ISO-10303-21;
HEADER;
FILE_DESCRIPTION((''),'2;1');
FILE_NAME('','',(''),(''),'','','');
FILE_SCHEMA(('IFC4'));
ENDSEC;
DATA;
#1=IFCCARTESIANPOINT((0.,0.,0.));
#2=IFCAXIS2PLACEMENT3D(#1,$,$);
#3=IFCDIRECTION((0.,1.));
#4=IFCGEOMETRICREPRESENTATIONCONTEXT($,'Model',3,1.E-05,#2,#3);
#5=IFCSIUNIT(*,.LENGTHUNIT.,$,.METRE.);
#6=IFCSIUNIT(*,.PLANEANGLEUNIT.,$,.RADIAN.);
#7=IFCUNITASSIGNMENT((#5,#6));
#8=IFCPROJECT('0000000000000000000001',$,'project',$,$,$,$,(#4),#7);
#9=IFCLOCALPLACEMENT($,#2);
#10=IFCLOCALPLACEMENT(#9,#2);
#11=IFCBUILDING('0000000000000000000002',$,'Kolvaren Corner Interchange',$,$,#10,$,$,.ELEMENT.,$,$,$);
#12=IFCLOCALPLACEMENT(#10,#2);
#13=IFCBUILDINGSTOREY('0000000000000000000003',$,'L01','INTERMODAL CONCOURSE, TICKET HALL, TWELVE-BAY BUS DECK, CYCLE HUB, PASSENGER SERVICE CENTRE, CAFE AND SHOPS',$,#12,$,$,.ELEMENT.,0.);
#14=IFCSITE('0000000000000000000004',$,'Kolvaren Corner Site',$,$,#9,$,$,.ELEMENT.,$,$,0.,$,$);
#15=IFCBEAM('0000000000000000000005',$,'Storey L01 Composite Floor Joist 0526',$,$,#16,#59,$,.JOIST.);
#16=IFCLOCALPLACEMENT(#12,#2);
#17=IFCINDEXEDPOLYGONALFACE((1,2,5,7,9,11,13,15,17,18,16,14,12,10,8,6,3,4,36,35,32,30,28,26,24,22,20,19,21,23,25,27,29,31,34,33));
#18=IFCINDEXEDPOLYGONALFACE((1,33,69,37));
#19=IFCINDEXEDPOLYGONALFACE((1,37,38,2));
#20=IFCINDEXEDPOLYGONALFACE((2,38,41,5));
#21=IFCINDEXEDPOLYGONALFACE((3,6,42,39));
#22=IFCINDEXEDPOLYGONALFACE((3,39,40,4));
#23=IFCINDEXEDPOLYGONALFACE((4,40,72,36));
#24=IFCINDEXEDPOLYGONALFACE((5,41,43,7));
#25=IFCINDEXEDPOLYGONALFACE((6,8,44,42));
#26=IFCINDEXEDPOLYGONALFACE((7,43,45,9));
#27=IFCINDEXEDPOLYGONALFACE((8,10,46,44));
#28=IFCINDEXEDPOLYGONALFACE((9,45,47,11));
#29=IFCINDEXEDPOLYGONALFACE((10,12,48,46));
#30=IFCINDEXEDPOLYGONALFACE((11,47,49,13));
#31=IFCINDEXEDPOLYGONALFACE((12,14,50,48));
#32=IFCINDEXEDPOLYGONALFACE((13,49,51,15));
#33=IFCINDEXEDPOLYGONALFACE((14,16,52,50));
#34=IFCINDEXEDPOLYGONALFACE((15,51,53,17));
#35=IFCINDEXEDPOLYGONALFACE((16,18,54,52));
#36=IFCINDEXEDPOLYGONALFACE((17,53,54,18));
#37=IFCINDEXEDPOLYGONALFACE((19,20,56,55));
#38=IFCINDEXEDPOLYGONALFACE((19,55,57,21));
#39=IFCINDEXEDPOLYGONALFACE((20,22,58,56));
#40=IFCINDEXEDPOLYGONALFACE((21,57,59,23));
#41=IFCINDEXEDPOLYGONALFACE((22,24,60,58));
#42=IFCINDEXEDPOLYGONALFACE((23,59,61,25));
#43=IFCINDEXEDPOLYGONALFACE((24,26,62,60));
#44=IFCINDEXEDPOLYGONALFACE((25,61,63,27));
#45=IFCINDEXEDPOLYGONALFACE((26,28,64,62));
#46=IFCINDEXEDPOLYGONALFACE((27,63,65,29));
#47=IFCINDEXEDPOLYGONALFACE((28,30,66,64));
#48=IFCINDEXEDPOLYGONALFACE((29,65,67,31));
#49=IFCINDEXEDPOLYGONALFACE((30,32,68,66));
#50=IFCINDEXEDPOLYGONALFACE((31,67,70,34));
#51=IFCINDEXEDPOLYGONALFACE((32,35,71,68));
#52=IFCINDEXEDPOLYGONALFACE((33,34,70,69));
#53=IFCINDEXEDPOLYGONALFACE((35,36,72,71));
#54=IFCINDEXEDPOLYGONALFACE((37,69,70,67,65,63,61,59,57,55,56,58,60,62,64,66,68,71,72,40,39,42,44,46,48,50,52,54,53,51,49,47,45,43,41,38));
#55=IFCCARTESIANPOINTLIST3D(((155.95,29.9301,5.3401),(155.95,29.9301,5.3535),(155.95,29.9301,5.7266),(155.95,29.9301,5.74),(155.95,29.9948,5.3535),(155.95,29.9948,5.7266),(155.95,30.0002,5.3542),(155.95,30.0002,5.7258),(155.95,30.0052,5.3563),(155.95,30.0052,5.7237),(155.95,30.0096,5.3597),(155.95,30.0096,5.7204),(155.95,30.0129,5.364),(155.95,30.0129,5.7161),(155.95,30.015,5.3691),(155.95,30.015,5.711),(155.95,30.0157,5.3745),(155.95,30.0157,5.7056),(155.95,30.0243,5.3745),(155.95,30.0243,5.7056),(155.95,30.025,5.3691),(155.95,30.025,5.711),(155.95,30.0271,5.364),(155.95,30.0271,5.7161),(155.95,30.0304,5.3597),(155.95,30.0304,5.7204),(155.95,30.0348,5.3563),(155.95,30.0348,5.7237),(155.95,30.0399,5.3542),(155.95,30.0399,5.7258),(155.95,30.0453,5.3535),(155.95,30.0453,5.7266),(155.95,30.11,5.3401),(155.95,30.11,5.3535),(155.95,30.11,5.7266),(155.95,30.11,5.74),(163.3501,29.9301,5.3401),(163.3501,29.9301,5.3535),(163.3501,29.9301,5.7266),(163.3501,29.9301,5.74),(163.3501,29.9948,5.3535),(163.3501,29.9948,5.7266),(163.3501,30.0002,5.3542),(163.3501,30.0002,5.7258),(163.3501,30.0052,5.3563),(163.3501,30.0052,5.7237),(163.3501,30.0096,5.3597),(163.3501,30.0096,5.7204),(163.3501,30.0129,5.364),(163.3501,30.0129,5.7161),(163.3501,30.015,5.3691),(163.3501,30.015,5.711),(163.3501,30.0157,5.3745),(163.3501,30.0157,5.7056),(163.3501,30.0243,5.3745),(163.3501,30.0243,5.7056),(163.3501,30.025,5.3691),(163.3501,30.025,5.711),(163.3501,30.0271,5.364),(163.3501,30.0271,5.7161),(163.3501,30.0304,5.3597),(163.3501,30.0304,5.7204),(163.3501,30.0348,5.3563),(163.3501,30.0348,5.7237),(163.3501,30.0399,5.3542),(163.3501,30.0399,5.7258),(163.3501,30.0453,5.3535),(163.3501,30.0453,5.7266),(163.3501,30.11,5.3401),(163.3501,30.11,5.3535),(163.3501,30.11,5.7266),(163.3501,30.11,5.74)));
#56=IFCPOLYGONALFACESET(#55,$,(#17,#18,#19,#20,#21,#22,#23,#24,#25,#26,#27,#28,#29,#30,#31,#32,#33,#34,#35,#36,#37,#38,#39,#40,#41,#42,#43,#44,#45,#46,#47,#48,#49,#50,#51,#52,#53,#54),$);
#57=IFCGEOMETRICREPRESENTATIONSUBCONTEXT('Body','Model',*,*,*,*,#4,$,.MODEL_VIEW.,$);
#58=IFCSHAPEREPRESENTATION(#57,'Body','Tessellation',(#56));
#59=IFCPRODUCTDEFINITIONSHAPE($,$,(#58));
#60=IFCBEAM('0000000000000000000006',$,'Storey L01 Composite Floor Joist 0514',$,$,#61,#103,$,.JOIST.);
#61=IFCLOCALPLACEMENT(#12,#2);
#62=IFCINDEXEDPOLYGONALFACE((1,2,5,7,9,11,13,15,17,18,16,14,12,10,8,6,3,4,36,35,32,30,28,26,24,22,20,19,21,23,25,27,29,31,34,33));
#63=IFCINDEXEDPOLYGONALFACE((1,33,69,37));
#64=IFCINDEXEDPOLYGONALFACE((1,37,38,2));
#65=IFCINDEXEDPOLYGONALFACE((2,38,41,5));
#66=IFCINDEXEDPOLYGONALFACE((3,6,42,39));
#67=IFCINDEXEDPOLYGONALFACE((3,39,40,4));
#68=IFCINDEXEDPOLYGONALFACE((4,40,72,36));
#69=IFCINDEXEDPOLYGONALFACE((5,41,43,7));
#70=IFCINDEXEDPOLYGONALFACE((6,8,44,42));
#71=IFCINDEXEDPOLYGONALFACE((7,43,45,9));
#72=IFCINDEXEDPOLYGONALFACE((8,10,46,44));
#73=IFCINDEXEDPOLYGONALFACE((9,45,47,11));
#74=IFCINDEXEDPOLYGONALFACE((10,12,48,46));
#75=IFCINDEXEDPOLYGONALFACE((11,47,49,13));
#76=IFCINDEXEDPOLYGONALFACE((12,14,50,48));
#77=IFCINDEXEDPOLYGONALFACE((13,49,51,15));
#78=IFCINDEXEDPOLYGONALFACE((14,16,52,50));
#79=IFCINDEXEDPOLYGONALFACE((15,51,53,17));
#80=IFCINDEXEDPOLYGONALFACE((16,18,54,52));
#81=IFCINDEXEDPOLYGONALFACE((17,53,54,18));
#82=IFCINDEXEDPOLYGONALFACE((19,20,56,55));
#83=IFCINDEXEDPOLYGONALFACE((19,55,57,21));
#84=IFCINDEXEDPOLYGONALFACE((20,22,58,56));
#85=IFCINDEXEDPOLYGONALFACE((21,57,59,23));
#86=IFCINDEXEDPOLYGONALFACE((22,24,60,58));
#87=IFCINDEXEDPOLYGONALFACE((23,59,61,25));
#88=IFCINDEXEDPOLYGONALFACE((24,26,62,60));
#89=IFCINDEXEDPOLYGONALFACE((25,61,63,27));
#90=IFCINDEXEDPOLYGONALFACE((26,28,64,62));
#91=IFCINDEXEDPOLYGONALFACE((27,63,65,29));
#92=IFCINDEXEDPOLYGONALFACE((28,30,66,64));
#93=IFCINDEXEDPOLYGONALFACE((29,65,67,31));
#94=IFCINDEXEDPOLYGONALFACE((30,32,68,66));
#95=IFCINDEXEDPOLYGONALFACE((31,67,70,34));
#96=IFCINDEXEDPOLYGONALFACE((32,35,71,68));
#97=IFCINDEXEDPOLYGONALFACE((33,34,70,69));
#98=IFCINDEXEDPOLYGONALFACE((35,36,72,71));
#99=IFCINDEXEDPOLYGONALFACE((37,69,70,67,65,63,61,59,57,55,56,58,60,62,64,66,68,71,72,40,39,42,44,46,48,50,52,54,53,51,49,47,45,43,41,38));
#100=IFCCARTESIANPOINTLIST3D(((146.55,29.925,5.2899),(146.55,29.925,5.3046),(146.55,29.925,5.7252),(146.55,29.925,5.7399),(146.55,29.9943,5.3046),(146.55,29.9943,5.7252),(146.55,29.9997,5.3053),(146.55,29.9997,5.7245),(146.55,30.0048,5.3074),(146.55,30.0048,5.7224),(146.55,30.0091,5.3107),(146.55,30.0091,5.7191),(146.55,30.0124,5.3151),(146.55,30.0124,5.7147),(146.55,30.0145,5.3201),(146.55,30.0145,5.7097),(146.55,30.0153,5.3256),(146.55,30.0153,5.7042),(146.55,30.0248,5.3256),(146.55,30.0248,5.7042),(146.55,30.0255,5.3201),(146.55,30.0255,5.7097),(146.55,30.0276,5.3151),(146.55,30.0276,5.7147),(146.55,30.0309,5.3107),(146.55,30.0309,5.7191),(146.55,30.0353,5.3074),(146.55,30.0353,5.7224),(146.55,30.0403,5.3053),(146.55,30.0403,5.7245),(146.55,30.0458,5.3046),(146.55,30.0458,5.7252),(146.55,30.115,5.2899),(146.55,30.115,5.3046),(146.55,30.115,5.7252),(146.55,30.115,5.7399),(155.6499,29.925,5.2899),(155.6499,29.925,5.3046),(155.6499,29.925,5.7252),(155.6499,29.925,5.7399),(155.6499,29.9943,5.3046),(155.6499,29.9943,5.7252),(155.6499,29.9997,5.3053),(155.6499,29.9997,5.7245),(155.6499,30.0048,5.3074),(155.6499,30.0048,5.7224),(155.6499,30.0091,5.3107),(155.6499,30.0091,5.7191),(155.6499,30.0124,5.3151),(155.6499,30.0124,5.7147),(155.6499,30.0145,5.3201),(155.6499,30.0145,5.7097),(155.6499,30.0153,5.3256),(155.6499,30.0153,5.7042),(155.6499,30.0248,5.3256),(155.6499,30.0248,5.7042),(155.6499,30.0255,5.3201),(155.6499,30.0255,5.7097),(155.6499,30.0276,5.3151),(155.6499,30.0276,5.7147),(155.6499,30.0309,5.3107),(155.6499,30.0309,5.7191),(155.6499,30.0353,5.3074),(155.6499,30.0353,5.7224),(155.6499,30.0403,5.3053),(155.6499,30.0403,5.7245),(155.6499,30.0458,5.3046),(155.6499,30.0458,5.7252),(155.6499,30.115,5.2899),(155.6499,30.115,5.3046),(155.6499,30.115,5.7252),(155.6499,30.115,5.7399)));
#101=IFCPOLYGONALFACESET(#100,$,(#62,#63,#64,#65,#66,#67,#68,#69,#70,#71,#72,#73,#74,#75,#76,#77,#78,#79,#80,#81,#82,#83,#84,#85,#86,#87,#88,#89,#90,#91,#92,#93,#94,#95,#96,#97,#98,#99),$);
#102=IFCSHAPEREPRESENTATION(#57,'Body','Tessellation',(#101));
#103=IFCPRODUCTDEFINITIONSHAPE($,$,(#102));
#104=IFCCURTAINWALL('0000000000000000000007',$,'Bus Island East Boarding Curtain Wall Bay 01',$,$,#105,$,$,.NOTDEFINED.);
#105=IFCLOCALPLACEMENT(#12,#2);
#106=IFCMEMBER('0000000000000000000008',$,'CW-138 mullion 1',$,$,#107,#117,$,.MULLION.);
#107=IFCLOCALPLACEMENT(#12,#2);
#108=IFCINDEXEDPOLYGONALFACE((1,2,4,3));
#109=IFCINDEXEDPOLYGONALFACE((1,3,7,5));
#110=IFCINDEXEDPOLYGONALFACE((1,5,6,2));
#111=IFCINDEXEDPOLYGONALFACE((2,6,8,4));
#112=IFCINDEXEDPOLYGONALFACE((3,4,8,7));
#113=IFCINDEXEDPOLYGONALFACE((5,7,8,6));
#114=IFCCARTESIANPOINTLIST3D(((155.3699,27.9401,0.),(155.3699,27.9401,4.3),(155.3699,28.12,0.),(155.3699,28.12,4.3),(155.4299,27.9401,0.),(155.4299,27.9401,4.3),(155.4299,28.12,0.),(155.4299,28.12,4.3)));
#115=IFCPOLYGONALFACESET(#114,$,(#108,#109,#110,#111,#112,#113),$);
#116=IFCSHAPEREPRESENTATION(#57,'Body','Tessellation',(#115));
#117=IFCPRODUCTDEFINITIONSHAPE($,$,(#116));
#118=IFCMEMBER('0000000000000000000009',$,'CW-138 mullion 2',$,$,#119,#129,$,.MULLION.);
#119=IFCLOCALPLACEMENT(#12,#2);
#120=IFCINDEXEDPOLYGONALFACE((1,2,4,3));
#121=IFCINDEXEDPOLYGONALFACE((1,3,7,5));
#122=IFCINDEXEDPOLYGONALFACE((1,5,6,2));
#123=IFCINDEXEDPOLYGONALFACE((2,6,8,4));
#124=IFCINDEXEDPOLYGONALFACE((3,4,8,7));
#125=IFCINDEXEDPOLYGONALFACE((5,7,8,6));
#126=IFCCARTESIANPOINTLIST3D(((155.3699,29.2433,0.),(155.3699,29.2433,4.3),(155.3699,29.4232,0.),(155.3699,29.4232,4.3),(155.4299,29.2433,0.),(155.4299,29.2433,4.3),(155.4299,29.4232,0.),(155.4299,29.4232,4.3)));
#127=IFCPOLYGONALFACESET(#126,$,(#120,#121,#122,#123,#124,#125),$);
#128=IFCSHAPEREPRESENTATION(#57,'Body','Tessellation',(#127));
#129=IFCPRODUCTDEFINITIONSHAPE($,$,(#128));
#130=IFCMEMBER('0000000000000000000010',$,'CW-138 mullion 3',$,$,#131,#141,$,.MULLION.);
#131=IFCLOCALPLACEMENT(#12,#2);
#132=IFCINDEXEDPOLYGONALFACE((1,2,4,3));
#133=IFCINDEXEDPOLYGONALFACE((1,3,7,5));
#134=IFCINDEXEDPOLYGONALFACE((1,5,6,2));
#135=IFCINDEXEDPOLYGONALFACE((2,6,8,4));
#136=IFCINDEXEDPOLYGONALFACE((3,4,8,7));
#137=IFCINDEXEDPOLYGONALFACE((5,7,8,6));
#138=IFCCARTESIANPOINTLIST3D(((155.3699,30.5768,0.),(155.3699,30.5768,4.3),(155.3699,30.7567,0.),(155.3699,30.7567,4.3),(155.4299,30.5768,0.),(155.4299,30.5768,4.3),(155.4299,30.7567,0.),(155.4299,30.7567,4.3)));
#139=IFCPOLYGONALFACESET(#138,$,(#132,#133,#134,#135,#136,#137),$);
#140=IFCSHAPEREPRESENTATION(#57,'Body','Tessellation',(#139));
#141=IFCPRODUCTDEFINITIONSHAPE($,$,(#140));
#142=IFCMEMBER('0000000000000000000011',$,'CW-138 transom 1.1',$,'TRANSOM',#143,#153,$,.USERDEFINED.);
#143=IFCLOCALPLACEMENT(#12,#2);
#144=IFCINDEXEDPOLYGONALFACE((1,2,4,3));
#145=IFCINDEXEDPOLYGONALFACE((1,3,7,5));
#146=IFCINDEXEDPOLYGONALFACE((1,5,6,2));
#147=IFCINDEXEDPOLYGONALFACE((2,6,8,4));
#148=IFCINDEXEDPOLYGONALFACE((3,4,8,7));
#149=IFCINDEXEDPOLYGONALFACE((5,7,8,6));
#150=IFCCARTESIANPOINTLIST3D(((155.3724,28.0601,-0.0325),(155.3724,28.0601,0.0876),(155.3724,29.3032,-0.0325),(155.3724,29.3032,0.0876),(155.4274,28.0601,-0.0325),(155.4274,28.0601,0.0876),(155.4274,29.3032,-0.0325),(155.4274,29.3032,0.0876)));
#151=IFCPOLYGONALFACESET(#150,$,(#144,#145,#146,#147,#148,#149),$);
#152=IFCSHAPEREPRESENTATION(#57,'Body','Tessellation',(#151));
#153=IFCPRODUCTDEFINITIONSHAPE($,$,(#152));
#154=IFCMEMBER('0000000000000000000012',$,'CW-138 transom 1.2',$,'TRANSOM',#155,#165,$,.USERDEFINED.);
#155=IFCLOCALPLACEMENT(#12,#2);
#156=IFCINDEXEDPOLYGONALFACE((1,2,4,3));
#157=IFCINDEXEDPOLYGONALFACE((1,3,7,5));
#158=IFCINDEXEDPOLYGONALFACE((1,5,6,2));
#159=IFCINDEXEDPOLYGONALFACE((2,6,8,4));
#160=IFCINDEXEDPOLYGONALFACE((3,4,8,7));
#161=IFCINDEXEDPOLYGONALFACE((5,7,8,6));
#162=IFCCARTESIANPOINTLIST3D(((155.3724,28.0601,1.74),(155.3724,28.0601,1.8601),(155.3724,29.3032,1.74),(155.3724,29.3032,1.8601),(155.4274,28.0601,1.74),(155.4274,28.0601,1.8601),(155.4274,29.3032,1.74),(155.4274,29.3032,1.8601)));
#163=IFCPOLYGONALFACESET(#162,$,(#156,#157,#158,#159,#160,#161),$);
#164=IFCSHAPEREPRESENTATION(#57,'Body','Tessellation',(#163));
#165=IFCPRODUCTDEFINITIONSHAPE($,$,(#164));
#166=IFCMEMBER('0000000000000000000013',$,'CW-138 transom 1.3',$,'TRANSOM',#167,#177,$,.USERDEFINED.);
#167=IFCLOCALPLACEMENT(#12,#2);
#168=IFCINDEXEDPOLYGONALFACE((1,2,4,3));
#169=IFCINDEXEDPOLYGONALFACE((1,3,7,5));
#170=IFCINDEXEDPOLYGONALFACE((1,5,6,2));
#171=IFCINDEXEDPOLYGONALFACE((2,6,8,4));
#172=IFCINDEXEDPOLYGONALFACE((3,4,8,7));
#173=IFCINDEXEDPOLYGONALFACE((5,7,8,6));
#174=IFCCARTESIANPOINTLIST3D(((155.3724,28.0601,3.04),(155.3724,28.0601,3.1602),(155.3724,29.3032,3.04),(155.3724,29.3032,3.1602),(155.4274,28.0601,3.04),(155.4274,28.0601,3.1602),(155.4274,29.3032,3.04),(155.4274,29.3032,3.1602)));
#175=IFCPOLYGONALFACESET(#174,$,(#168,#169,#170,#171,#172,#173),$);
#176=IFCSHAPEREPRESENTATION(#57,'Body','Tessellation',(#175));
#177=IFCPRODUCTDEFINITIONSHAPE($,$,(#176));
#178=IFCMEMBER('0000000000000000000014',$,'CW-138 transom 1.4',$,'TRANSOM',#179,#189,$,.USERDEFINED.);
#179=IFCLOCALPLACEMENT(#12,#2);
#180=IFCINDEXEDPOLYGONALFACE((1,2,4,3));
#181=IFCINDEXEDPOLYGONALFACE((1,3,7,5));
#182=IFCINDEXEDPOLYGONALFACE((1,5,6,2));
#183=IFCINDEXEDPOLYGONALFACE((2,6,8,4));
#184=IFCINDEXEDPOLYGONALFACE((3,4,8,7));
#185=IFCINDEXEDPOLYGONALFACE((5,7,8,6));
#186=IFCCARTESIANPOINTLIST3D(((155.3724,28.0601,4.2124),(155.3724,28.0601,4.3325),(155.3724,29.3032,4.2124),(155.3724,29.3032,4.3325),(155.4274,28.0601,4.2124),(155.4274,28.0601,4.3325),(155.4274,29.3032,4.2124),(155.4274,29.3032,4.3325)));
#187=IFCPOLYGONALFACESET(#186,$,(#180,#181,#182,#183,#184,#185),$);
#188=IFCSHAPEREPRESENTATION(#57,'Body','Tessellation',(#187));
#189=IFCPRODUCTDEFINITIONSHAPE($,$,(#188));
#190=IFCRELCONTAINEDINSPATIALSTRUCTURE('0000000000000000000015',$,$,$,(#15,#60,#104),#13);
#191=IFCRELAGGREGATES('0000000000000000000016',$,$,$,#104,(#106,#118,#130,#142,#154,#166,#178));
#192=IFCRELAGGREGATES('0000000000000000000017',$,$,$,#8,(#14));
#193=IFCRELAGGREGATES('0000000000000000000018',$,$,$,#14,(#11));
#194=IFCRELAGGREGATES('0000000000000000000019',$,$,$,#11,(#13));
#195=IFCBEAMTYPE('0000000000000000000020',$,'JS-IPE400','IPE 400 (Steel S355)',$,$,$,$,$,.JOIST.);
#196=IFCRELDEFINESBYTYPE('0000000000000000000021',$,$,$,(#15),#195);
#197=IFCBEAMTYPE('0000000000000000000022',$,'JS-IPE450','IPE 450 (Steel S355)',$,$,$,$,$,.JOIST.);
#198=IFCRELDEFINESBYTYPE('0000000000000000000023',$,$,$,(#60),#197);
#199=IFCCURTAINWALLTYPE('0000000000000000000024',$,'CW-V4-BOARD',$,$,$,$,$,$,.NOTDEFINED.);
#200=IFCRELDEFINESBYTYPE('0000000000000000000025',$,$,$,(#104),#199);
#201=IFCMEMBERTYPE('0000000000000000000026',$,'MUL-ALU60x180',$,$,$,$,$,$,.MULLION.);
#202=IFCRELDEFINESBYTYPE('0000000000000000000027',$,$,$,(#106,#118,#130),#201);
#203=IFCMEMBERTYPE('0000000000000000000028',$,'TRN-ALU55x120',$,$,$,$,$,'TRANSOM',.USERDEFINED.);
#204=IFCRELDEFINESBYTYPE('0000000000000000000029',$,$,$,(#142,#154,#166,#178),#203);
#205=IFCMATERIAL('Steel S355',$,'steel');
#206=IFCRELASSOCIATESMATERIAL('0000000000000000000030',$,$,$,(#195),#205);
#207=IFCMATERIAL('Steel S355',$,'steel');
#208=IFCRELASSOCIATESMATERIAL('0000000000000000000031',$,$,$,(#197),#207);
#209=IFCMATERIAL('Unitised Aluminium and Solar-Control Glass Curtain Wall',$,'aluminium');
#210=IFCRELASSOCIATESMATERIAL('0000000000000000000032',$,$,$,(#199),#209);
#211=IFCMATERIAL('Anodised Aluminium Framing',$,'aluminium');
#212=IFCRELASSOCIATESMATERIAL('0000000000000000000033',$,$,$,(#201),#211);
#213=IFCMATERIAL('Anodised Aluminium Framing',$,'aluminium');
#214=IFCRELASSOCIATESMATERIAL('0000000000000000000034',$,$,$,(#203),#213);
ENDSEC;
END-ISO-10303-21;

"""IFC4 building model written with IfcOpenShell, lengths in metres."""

from ifc_helpers import new_model, si_unit, direction, frame, origin, origin_2d, place, context, subcontext, project, spatial, rectangle, i_section, extrude, material, material_profile, profile_set, type_object, element, aggregate, save


model = new_model("IFC4")

# Units and contexts
model_context = context("Model", 3, precision=1e-05, world=origin(), true_north=direction((0.0, 1.0)))
body_context = subcontext(model_context, "Body", "Model", "MODEL_VIEW")
ifc_project = project(units=[si_unit("LENGTHUNIT", "METRE"), si_unit("PLANEANGLEUNIT", "RADIAN")], contexts=[model_context])

# Site, building, storey
site_placement = place(None, origin())
site = spatial("IfcSite", under=ifc_project, at=site_placement, Name="Kolvaren Corner Site", CompositionType="ELEMENT", RefElevation=0.0)
building_placement = place(site_placement, origin())
building = spatial("IfcBuilding", under=site, at=building_placement, Name="Kolvaren Corner Interchange", CompositionType="ELEMENT")
storey_placement = place(building_placement, origin())
storey = spatial("IfcBuildingStorey", under=building, at=storey_placement, Name="L01", Description="INTERMODAL CONCOURSE, TICKET HALL, TWELVE-BAY BUS DECK, CYCLE HUB, PASSENGER SERVICE CENTRE, CAFE AND SHOPS", CompositionType="ELEMENT", Elevation=0.0)

# Beams
ifc_material_1 = material(Name="Steel S355", Category="steel")
ifc_material_profile_1 = material_profile(ifc_material_1, i_section(OverallWidth=0.1799, OverallDepth=0.3999, WebThickness=0.0085, FlangeThickness=0.0134, FilletRadius=0.021, at=origin_2d()), Name="IPE 400")
ifc_profile_set_1 = profile_set([ifc_material_profile_1], Name="Steel S355")
beam_type_1 = type_object("IfcBeamType", Name="JS-IPE400", Description="IPE 400 (Steel S355)", PredefinedType="JOIST", material=ifc_profile_set_1)
for number, where, z_axis, x_axis, name in (
    (1, (155.95, 30.02, 5.54), (1.0, 0.0, 0.0), (0.0, 1.0, 0.0), "Storey L01 Composite Floor Joist 0526"),
):
    element("IfcBeam", number, at=place(storey_placement, frame(where, z_axis=z_axis, x_axis=x_axis)), inside=storey, type_object=beam_type_1, Name=name, PredefinedType="JOIST", context=body_context, shape_type="SweptSolid", body=[
        extrude(i_section(OverallWidth=0.1799, OverallDepth=0.3999, WebThickness=0.0085, FlangeThickness=0.0134, FilletRadius=0.021, at=origin_2d()), origin(), (0.0, 0.0, 1.0), 7.4001),
    ])
ifc_material_2 = material(Name="Steel S355", Category="steel")
ifc_material_profile_2 = material_profile(ifc_material_2, i_section(OverallWidth=0.1899, OverallDepth=0.45, WebThickness=0.0095, FlangeThickness=0.0146, FilletRadius=0.021, at=origin_2d()), Name="IPE 450")
ifc_profile_set_2 = profile_set([ifc_material_profile_2], Name="Steel S355")
beam_type_2 = type_object("IfcBeamType", Name="JS-IPE450", Description="IPE 450 (Steel S355)", PredefinedType="JOIST", material=ifc_profile_set_2)
beam_1_placement = place(storey_placement, frame((146.55, 30.02, 5.5149), z_axis=(1.0, 0.0, 0.0), x_axis=(0.0, 1.0, 0.0)))
element("IfcBeam", 2, at=beam_1_placement, inside=storey, type_object=beam_type_2, Name="Storey L01 Composite Floor Joist 0514", PredefinedType="JOIST", context=body_context, shape_type="SweptSolid", body=[
    extrude(i_section(OverallWidth=0.1899, OverallDepth=0.45, WebThickness=0.0095, FlangeThickness=0.0146, FilletRadius=0.021, at=origin_2d()), origin(), (0.0, 0.0, 1.0), 9.0999),
])

# Curtain wall, members
ifc_material_3 = material(Name="Unitised Aluminium and Solar-Control Glass Curtain Wall", Category="aluminium")
curtain_wall_type = type_object("IfcCurtainWallType", Name="CW-V4-BOARD", PredefinedType="NOTDEFINED", material=ifc_material_3)
curtain_wall_placement = place(storey_placement, origin())
curtain_wall = element("IfcCurtainWall", 3, at=curtain_wall_placement, inside=storey, type_object=curtain_wall_type, Name="Bus Island East Boarding Curtain Wall Bay 01", PredefinedType="NOTDEFINED")
ifc_material_4 = material(Name="Anodised Aluminium Framing", Category="aluminium")
ifc_material_profile_3 = material_profile(ifc_material_4, rectangle(XDim=0.0601, YDim=0.1799, at=origin_2d()), Name="ALU 60x180")
ifc_profile_set_3 = profile_set([ifc_material_profile_3], Name="Anodised Aluminium Framing")
member_type_1 = type_object("IfcMemberType", Name="MUL-ALU60x180", PredefinedType="MULLION", material=ifc_profile_set_3)
member_1_placement = place(storey_placement, frame((155.3999, 28.03, 0.0), z_axis=(0.0, 0.0, 1.0), x_axis=(-1.0, 0.0, 0.0)))
member_1 = element("IfcMember", 4, at=member_1_placement, type_object=member_type_1, Name="CW-138 mullion 1", PredefinedType="MULLION", context=body_context, shape_type="SweptSolid", body=[
    extrude(rectangle(XDim=0.0601, YDim=0.1799, at=origin_2d()), origin(), (0.0, 0.0, 1.0), 4.3),
])
member_2_placement = place(storey_placement, frame((155.3999, 29.3333, 0.0), z_axis=(0.0, 0.0, 1.0), x_axis=(-1.0, 0.0, 0.0)))
member_2 = element("IfcMember", 5, at=member_2_placement, type_object=member_type_1, Name="CW-138 mullion 2", PredefinedType="MULLION", context=body_context, shape_type="SweptSolid", body=[
    extrude(rectangle(XDim=0.0601, YDim=0.1799, at=origin_2d()), origin(), (0.0, 0.0, 1.0), 4.3),
])
member_3_placement = place(storey_placement, frame((155.3999, 30.6667, 0.0), z_axis=(0.0, 0.0, 1.0), x_axis=(-1.0, 0.0, 0.0)))
member_3 = element("IfcMember", 6, at=member_3_placement, type_object=member_type_1, Name="CW-138 mullion 3", PredefinedType="MULLION", context=body_context, shape_type="SweptSolid", body=[
    extrude(rectangle(XDim=0.0601, YDim=0.1799, at=origin_2d()), origin(), (0.0, 0.0, 1.0), 4.3),
])
ifc_material_5 = material(Name="Anodised Aluminium Framing", Category="aluminium")
ifc_material_profile_4 = material_profile(ifc_material_5, rectangle(XDim=0.0549, YDim=0.1201, at=origin_2d()), Name="ALU 55x120")
ifc_profile_set_4 = profile_set([ifc_material_profile_4], Name="Anodised Aluminium Framing")
member_type_2 = type_object("IfcMemberType", Name="TRN-ALU55x120", ElementType="TRANSOM", PredefinedType="USERDEFINED", material=ifc_profile_set_4)
member_4_placement = place(storey_placement, frame((155.3999, 28.0601, 0.0276), z_axis=(0.0, 1.0, 0.0), x_axis=(-1.0, 0.0, 0.0)))
member_4 = element("IfcMember", 7, at=member_4_placement, type_object=member_type_2, Name="CW-138 transom 1.1", ObjectType="TRANSOM", PredefinedType="USERDEFINED", context=body_context, shape_type="SweptSolid", body=[
    extrude(rectangle(XDim=0.0549, YDim=0.1201, at=origin_2d()), origin(), (0.0, 0.0, 1.0), 1.2432),
])
member_5_placement = place(storey_placement, frame((155.3999, 28.0601, 1.8), z_axis=(0.0, 1.0, 0.0), x_axis=(-1.0, 0.0, 0.0)))
member_5 = element("IfcMember", 8, at=member_5_placement, type_object=member_type_2, Name="CW-138 transom 1.2", ObjectType="TRANSOM", PredefinedType="USERDEFINED", context=body_context, shape_type="SweptSolid", body=[
    extrude(rectangle(XDim=0.0549, YDim=0.1201, at=origin_2d()), origin(), (0.0, 0.0, 1.0), 1.2432),
])
member_6_placement = place(storey_placement, frame((155.3999, 28.0601, 3.1001), z_axis=(0.0, 1.0, 0.0), x_axis=(-1.0, 0.0, 0.0)))
member_6 = element("IfcMember", 9, at=member_6_placement, type_object=member_type_2, Name="CW-138 transom 1.3", ObjectType="TRANSOM", PredefinedType="USERDEFINED", context=body_context, shape_type="SweptSolid", body=[
    extrude(rectangle(XDim=0.0549, YDim=0.1201, at=origin_2d()), origin(), (0.0, 0.0, 1.0), 1.2432),
])
member_7_placement = place(storey_placement, frame((155.3999, 28.0601, 4.2725), z_axis=(0.0, 1.0, 0.0), x_axis=(-1.0, 0.0, 0.0)))
member_7 = element("IfcMember", 10, at=member_7_placement, type_object=member_type_2, Name="CW-138 transom 1.4", ObjectType="TRANSOM", PredefinedType="USERDEFINED", context=body_context, shape_type="SweptSolid", body=[
    extrude(rectangle(XDim=0.0549, YDim=0.1201, at=origin_2d()), origin(), (0.0, 0.0, 1.0), 1.2432),
])
aggregate(curtain_wall, [member_1, member_2, member_3, member_4, member_5, member_6, member_7])

save(model, "model.ifc")
